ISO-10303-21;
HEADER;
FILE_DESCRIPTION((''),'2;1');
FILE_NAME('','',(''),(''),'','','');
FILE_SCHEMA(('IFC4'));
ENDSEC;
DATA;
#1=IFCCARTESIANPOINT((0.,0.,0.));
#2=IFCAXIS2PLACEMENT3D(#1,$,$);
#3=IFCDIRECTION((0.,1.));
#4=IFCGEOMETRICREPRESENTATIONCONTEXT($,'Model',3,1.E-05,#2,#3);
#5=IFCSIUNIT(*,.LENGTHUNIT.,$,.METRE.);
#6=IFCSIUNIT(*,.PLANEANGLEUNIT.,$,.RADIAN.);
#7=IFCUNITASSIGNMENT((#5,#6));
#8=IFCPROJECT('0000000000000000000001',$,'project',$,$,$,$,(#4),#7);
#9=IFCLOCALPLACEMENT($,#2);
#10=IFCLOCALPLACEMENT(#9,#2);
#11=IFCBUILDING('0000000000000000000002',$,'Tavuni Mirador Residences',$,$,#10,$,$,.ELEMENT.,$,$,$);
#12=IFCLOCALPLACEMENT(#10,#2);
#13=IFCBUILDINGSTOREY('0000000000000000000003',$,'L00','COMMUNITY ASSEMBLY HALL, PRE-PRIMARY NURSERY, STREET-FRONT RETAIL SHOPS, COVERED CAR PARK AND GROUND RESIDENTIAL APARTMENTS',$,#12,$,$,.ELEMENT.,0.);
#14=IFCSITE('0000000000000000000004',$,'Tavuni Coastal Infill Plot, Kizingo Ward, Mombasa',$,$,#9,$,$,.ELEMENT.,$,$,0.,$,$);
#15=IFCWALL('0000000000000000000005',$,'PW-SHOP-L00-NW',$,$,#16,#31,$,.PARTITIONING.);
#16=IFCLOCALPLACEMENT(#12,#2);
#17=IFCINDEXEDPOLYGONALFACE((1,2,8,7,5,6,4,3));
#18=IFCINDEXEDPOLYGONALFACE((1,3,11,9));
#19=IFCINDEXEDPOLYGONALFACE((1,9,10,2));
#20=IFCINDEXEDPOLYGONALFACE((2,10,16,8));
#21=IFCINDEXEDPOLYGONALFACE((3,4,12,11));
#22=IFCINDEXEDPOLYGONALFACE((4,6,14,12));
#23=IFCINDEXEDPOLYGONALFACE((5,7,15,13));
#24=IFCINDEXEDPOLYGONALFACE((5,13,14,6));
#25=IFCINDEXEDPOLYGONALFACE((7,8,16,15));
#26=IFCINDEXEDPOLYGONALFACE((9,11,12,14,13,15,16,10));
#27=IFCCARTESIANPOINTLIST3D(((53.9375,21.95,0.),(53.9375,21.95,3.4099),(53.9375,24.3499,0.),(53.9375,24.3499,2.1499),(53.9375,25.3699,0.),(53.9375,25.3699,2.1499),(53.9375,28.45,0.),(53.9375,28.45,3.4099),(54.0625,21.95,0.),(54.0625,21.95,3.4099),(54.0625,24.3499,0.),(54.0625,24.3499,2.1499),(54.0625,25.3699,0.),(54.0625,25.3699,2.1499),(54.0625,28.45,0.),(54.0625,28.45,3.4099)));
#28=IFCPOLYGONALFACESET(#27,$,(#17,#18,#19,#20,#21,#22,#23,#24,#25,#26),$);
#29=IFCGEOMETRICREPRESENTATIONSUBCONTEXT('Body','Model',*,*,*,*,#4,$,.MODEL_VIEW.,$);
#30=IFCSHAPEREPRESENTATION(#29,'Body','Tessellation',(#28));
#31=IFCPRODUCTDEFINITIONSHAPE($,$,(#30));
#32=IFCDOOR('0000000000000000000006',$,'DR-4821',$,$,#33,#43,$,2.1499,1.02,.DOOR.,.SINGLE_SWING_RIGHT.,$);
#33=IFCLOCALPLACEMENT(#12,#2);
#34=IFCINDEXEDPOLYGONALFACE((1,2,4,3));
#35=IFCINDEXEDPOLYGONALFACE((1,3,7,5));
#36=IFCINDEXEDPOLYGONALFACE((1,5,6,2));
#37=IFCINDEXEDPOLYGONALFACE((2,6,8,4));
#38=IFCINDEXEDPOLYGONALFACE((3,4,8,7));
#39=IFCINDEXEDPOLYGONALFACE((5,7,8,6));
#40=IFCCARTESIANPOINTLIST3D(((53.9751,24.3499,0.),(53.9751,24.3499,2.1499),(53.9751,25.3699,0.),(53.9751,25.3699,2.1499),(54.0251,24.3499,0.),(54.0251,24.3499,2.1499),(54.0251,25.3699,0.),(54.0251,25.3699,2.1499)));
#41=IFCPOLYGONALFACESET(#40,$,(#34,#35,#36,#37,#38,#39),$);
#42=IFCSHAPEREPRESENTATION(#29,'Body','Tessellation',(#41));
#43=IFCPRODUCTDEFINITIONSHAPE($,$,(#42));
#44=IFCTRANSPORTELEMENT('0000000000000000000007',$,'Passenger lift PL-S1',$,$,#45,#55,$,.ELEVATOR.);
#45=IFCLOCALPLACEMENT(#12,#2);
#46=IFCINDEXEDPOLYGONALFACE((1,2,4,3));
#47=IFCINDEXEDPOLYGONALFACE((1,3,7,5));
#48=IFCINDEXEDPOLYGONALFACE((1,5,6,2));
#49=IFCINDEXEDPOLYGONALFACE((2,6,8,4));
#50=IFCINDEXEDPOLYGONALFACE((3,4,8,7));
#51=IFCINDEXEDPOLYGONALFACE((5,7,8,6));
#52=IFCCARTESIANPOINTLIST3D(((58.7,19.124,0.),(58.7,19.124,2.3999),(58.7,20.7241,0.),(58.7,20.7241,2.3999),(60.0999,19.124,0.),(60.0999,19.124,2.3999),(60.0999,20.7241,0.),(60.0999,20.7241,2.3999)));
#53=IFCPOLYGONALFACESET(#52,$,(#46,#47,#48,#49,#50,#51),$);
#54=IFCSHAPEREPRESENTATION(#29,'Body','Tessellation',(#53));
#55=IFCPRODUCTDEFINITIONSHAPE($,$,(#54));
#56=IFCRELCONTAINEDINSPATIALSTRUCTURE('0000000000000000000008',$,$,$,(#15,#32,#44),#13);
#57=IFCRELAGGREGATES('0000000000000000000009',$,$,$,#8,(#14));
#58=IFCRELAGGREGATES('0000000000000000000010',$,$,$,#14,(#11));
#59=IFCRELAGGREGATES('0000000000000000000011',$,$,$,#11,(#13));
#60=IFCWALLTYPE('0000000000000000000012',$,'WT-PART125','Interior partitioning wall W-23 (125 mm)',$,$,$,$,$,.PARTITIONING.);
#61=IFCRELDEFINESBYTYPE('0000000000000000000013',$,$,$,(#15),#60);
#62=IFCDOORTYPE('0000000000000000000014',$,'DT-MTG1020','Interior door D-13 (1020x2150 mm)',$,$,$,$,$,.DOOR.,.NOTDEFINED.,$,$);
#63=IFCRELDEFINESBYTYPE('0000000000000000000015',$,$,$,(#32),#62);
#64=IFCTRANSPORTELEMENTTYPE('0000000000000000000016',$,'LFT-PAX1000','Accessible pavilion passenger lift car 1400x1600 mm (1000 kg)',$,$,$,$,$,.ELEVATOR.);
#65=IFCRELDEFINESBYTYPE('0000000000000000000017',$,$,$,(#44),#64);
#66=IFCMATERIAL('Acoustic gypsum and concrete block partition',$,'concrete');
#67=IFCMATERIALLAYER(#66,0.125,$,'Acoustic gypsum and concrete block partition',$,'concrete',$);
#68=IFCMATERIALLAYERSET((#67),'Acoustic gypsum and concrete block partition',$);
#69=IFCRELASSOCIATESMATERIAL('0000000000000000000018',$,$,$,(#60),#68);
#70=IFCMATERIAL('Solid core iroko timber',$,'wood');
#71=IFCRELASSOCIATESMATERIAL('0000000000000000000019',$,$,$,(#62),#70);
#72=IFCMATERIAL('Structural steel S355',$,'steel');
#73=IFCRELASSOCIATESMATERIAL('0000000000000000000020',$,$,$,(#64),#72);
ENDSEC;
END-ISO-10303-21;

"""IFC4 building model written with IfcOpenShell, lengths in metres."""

from ifc_helpers import new_model, si_unit, direction, frame, frame_2d, origin, origin_2d, place, context, subcontext, project, spatial, rectangle, extrude, material, layer, layer_set, type_object, element, fill, save


model = new_model("IFC4")

# Units and contexts
model_context = context("Model", 3, precision=1e-05, world=origin(), true_north=direction((0.0, 1.0)))
body_context = subcontext(model_context, "Body", "Model", "MODEL_VIEW")
ifc_project = project(units=[si_unit("LENGTHUNIT", "METRE"), si_unit("PLANEANGLEUNIT", "RADIAN")], contexts=[model_context])

# Site, building, storey
site_placement = place(None, origin())
site = spatial("IfcSite", under=ifc_project, at=site_placement, Name="Tavuni Coastal Infill Plot, Kizingo Ward, Mombasa", CompositionType="ELEMENT", RefElevation=0.0)
building_placement = place(site_placement, origin())
building = spatial("IfcBuilding", under=site, at=building_placement, Name="Tavuni Mirador Residences", CompositionType="ELEMENT")
storey_placement = place(building_placement, origin())
storey = spatial("IfcBuildingStorey", under=building, at=storey_placement, Name="L00", Description="COMMUNITY ASSEMBLY HALL, PRE-PRIMARY NURSERY, STREET-FRONT RETAIL SHOPS, COVERED CAR PARK AND GROUND RESIDENTIAL APARTMENTS", CompositionType="ELEMENT", Elevation=0.0)

# Wall, opening, door
ifc_material_1 = material(Name="Acoustic gypsum and concrete block partition", Category="concrete")
ifc_layer_1 = layer(ifc_material_1, 0.125, Name="Acoustic gypsum and concrete block partition", Category="concrete")
ifc_layer_set_1 = layer_set([ifc_layer_1], Name="Acoustic gypsum and concrete block partition")
wall_type_1 = type_object("IfcWallType", Name="WT-PART125", Description="Interior partitioning wall W-23 (125 mm)", PredefinedType="PARTITIONING", material=ifc_layer_set_1)
wall_1_placement = place(storey_placement, frame((54.0, 21.95, 0.0), z_axis=(0.0, 0.0, 1.0), x_axis=(0.0, 1.0, 0.0)))
wall_1 = element("IfcWall", 1, at=wall_1_placement, inside=storey, type_object=wall_type_1, Name="PW-SHOP-L00-NW", PredefinedType="PARTITIONING", context=body_context, shape_type="SweptSolid", body=[
    extrude(rectangle(XDim=6.5, YDim=0.125, at=frame_2d((3.25, 0.0))), origin(), (0.0, 0.0, 1.0), 3.4099),
])
opening_1_placement = place(wall_1_placement, frame((2.3999, 0.0, 0.0)))
opening_1 = element("IfcOpeningElement", 2, at=opening_1_placement, cuts=wall_1, PredefinedType="OPENING", context=body_context, shape_type="SweptSolid", body=[
    extrude(rectangle(XDim=1.02, YDim=2.1499, at=frame_2d((0.51, 1.075))), frame((0.0, 0.0725, 0.0), z_axis=(0.0, -1.0, 0.0), x_axis=(1.0, 0.0, 0.0)), (0.0, 0.0, 1.0), 0.145),
])
ifc_material_2 = material(Name="Solid core iroko timber", Category="wood")
door_type_1 = type_object("IfcDoorType", Name="DT-MTG1020", Description="Interior door D-13 (1020x2150 mm)", OperationType="NOTDEFINED", PredefinedType="DOOR", material=ifc_material_2)
door_1_placement = place(opening_1_placement, origin())
door_1 = element("IfcDoor", 3, at=door_1_placement, inside=storey, type_object=door_type_1, Name="DR-4821", OperationType="SINGLE_SWING_RIGHT", OverallHeight=2.1499, OverallWidth=1.02, PredefinedType="DOOR", context=body_context, shape_type="SweptSolid", body=[
    extrude(rectangle(XDim=1.02, YDim=2.1499, at=frame_2d((0.51, 1.075))), frame((0.0, 0.0249, 0.0), z_axis=(0.0, -1.0, 0.0), x_axis=(1.0, 0.0, 0.0)), (0.0, 0.0, 1.0), 0.05),
])
fill(opening_1, door_1)

# Transport element
ifc_material_3 = material(Name="Structural steel S355", Category="steel")
transport_element_type = type_object("IfcTransportElementType", Name="LFT-PAX1000", Description="Accessible pavilion passenger lift car 1400x1600 mm (1000 kg)", PredefinedType="ELEVATOR", material=ifc_material_3)
transport_element_placement = place(storey_placement, frame((59.3999, 19.9241, 0.0), z_axis=(0.0, 0.0, 1.0), x_axis=(1.0, 0.0, 0.0)))
element("IfcTransportElement", 4, at=transport_element_placement, inside=storey, type_object=transport_element_type, Name="Passenger lift PL-S1", PredefinedType="ELEVATOR", context=body_context, shape_type="SweptSolid", body=[
    extrude(rectangle(XDim=1.3999, YDim=1.6001, at=origin_2d()), origin(), (0.0, 0.0, 1.0), 2.3999),
])

save(model, "model.ifc")
